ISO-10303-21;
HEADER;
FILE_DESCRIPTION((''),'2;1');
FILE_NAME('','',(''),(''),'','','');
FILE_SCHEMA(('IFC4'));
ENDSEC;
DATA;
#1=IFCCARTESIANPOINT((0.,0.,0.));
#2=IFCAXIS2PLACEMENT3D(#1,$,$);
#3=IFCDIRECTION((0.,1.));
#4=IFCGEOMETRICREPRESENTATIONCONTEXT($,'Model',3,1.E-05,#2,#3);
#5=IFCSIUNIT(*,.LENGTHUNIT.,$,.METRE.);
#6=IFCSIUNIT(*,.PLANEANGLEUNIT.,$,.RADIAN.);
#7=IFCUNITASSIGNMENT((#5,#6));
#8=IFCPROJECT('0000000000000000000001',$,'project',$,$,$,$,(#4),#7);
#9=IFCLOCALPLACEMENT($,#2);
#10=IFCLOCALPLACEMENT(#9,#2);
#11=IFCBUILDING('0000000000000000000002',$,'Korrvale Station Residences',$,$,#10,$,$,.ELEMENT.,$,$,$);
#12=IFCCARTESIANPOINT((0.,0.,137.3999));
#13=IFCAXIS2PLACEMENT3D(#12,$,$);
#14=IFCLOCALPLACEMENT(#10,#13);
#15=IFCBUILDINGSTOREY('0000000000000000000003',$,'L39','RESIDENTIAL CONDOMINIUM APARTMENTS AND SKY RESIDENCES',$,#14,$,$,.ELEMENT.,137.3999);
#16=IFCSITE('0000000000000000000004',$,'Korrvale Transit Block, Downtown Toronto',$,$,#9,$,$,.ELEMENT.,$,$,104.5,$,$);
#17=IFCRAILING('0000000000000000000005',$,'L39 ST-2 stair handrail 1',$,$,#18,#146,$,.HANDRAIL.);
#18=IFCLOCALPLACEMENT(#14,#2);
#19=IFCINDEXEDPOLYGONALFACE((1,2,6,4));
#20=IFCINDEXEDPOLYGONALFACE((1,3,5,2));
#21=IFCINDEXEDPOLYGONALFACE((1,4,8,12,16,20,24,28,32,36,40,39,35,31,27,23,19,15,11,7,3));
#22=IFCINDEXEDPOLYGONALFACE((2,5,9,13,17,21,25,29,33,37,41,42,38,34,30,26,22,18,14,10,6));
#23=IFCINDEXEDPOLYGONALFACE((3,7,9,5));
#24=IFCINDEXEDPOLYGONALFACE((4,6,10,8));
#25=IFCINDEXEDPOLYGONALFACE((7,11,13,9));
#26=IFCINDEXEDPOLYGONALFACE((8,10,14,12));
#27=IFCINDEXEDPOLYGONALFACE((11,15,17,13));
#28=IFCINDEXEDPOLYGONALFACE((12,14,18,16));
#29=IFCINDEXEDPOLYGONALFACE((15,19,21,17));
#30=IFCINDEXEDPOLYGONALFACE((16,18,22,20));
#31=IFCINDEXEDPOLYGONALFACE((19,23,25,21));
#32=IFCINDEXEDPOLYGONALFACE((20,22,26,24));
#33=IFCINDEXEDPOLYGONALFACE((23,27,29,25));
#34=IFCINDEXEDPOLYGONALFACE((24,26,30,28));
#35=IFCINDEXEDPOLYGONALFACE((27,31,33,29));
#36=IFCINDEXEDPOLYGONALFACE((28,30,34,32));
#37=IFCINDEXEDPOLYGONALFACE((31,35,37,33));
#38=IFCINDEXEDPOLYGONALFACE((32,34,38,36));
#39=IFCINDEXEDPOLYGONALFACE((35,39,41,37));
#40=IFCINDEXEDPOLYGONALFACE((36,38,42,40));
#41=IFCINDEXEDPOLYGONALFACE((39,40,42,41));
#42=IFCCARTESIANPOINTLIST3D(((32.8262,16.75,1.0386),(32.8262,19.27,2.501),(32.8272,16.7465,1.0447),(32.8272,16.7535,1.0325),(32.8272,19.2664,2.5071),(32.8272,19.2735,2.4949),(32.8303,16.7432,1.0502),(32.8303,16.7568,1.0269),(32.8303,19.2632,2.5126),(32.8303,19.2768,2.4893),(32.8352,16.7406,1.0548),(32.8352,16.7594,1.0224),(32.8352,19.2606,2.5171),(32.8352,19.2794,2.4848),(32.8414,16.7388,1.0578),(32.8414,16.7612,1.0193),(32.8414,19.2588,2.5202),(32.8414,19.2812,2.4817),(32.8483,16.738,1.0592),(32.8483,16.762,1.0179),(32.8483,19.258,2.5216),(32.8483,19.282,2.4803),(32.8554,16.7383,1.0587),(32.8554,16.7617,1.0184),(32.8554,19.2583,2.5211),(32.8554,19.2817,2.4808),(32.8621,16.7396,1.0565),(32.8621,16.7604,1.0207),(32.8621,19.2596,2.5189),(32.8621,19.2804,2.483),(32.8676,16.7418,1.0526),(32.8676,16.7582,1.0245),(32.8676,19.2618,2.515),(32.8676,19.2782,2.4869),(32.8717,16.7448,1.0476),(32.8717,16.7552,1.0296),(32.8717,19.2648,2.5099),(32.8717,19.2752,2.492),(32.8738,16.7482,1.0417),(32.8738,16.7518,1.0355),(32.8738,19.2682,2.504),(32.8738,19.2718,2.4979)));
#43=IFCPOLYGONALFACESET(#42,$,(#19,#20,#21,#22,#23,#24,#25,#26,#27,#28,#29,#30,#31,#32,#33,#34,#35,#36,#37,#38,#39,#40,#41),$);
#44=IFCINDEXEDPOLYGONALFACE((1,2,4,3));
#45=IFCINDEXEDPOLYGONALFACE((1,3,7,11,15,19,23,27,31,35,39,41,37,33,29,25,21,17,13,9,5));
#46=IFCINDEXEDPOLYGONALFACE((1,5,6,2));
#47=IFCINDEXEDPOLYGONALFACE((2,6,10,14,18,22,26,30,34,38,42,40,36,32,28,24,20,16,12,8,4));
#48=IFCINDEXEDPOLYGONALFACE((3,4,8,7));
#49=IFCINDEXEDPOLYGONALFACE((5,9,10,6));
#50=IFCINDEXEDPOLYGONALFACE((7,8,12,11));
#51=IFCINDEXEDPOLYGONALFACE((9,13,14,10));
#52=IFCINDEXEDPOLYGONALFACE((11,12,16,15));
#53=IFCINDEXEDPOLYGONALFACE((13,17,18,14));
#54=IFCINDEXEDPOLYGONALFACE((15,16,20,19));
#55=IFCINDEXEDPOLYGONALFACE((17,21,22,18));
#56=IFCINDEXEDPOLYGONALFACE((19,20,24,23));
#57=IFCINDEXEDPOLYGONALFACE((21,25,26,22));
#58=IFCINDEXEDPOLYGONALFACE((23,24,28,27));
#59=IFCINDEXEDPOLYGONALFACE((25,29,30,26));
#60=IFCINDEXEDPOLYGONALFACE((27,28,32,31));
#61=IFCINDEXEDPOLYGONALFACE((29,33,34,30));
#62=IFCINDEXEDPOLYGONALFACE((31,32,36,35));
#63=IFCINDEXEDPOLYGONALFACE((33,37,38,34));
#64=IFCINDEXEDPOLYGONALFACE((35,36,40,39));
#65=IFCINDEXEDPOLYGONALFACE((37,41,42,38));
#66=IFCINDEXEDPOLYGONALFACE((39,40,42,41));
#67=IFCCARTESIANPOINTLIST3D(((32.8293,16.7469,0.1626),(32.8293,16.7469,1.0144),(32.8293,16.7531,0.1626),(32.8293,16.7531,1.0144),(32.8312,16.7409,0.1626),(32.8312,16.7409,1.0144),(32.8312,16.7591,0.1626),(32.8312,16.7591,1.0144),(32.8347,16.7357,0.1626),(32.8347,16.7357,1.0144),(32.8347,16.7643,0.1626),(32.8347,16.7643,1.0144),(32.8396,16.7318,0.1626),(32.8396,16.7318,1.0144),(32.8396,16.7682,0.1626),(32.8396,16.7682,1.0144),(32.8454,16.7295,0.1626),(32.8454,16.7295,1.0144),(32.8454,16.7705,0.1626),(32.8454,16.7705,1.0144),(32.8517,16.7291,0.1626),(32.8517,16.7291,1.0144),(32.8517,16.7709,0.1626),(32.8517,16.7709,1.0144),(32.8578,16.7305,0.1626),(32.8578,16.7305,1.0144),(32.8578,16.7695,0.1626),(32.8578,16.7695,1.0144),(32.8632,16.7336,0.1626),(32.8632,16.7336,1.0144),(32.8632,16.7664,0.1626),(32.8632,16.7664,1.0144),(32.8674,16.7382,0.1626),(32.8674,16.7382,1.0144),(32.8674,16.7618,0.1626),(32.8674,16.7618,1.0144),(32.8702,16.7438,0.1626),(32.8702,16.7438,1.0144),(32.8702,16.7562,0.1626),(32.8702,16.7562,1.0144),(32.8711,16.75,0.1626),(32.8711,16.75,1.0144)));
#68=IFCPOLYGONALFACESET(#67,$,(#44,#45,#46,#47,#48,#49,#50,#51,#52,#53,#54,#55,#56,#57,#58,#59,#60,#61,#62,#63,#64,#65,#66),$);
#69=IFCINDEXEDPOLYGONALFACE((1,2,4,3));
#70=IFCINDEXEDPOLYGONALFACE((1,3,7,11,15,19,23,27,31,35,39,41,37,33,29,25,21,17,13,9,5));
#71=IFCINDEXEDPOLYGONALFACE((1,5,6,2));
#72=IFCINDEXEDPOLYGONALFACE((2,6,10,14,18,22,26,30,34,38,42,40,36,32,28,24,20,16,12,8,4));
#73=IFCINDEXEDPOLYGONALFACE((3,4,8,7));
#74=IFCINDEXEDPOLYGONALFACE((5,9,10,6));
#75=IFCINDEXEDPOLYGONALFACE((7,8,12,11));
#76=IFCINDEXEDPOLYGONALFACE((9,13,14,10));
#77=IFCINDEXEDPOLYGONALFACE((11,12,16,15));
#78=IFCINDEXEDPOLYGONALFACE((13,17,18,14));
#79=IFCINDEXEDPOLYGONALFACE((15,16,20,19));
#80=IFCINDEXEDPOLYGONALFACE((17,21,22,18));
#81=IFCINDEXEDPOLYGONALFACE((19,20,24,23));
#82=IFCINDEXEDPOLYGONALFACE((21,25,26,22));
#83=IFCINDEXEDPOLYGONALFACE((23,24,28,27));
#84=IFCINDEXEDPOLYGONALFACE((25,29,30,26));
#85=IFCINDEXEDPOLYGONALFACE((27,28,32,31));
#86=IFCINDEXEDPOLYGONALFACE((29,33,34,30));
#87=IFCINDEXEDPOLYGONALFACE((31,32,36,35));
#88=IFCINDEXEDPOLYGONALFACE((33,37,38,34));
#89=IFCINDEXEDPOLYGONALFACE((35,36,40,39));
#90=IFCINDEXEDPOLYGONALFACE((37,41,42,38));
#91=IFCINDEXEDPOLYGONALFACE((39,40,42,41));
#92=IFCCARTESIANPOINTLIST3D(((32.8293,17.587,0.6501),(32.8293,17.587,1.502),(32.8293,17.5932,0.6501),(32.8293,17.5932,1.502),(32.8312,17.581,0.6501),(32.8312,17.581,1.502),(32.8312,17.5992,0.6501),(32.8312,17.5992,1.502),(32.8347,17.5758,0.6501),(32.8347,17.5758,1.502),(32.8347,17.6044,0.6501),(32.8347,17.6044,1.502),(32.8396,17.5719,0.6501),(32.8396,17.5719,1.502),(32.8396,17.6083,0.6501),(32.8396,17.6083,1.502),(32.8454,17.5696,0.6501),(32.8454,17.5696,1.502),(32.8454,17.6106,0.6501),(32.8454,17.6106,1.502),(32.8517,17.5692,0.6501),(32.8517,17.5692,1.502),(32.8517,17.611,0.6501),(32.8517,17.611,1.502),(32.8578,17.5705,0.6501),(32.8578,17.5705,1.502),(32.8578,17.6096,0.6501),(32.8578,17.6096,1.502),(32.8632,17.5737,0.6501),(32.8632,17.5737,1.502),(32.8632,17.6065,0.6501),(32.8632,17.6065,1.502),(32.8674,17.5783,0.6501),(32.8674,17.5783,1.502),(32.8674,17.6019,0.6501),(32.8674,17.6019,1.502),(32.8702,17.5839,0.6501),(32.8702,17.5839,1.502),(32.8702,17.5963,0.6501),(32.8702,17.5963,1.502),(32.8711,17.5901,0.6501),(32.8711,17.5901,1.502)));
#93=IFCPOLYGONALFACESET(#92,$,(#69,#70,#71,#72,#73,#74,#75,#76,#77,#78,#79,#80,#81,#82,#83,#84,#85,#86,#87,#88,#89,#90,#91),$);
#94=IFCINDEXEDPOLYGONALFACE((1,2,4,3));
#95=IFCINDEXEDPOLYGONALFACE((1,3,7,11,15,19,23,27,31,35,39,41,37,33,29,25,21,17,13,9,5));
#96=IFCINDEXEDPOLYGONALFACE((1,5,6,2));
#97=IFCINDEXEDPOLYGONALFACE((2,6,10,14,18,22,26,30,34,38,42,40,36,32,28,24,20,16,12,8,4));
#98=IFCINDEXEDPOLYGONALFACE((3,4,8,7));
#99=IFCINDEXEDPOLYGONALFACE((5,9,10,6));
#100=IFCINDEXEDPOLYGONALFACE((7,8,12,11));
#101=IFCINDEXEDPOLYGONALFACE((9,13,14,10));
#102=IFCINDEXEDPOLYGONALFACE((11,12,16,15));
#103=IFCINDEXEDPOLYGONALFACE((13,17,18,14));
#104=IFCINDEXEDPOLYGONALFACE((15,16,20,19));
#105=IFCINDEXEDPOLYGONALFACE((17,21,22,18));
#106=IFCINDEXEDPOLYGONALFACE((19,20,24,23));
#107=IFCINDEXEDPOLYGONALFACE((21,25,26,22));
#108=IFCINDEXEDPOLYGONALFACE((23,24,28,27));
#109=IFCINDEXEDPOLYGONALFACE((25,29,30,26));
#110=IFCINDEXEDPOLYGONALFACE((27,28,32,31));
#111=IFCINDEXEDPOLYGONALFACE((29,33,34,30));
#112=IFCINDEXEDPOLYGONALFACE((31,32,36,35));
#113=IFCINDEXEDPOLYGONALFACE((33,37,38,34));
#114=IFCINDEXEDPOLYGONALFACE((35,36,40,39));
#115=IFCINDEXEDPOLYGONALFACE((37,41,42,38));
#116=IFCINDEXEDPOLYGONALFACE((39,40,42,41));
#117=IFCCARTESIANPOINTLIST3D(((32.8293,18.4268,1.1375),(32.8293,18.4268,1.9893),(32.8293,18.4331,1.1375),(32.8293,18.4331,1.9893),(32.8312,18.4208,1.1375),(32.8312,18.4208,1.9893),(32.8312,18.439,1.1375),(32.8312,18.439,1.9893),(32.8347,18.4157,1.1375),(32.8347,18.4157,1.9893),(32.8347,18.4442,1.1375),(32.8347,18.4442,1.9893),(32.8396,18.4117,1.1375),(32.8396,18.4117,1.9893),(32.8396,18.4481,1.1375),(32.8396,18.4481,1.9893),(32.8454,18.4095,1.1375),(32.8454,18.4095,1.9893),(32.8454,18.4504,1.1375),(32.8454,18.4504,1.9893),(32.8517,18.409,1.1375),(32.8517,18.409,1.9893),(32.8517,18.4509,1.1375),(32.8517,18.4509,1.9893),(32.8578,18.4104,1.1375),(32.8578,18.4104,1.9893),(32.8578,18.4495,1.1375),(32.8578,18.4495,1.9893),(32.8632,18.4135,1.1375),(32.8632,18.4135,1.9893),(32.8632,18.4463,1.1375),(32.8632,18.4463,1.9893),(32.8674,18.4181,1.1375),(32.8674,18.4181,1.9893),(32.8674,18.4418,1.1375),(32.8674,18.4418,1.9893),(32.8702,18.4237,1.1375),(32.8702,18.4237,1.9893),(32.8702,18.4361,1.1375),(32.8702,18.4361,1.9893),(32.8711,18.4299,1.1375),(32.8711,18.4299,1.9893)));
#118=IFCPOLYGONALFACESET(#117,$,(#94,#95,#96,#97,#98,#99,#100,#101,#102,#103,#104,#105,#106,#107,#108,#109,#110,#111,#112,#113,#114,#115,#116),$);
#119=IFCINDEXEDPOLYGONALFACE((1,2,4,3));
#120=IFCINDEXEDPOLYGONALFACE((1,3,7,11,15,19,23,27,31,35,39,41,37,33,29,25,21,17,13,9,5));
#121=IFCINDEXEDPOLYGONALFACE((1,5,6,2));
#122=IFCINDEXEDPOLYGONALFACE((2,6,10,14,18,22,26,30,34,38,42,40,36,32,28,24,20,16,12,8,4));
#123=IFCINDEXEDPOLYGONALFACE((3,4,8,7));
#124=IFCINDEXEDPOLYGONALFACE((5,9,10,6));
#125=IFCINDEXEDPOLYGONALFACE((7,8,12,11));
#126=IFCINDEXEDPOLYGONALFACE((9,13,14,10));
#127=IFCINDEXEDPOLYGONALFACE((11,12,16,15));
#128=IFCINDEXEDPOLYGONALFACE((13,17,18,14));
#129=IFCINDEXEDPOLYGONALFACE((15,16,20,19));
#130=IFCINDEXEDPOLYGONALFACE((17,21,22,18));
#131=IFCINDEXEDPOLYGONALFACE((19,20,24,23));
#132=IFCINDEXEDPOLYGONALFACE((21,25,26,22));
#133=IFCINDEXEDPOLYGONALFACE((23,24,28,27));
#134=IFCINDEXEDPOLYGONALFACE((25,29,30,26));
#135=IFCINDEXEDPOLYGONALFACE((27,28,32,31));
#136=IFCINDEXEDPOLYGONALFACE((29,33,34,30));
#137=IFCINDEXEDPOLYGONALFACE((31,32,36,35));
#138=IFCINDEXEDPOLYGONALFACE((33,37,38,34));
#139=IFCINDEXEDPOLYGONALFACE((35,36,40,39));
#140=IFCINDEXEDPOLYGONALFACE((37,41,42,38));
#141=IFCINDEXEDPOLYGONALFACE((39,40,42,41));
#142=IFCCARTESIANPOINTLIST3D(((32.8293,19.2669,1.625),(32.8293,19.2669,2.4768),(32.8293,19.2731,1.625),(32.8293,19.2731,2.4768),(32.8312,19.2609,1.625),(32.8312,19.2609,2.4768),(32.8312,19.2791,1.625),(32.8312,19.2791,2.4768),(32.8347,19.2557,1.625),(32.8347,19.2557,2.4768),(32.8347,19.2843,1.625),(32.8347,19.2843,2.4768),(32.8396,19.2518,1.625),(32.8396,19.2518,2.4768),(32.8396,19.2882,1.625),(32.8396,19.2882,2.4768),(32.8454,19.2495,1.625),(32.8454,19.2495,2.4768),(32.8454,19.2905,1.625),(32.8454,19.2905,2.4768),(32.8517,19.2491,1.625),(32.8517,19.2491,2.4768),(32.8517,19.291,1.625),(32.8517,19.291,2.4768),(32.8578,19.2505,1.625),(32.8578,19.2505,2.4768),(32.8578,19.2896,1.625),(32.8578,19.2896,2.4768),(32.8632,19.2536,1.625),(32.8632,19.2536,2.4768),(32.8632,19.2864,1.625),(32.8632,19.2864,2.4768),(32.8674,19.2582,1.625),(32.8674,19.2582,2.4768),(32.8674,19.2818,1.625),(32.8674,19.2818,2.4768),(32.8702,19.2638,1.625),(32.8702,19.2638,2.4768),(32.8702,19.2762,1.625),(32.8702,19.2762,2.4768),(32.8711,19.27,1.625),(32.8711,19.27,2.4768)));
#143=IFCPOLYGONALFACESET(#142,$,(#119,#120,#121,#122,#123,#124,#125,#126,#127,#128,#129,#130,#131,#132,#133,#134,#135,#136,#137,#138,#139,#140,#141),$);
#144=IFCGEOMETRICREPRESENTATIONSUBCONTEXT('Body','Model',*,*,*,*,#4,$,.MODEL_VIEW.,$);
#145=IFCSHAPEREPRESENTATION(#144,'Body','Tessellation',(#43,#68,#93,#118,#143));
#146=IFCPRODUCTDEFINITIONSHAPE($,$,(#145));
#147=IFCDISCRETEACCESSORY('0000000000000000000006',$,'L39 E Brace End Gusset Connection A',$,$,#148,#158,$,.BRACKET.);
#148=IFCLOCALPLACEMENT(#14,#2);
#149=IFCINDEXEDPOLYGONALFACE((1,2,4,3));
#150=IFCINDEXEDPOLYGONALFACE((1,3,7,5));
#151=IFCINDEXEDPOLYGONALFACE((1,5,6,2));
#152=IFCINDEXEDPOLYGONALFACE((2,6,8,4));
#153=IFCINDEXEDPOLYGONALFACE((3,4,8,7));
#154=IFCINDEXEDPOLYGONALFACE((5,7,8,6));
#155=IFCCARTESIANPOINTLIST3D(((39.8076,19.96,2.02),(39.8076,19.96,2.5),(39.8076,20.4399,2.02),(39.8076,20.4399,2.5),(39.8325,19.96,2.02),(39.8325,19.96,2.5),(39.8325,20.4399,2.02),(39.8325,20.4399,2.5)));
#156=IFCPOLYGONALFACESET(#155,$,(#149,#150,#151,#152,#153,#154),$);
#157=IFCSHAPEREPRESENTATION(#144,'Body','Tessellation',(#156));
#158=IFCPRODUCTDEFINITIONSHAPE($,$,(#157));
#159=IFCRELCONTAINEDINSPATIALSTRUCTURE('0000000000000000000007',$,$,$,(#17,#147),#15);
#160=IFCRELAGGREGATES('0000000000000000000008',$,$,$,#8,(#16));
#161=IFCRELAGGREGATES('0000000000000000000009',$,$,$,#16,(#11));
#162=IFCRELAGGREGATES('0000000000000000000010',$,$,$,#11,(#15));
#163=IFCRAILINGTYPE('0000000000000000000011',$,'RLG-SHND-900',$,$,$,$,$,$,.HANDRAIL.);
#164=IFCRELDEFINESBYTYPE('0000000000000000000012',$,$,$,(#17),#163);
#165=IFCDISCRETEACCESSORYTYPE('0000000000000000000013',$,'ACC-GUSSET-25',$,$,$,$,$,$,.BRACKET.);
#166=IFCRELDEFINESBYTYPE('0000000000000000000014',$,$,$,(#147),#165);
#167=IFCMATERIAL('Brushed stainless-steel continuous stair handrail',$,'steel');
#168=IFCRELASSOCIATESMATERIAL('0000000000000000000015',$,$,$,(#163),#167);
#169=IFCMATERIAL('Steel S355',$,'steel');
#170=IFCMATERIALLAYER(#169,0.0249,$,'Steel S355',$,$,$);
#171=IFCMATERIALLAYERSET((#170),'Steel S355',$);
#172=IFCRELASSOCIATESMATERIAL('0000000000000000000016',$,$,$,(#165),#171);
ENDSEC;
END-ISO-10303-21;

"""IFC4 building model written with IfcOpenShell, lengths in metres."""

from ifc_helpers import new_model, si_unit, direction, frame, origin, origin_2d, place, context, subcontext, project, spatial, rectangle, circle, extrude, material, layer, layer_set, type_object, element, save


model = new_model("IFC4")

# Units and contexts
model_context = context("Model", 3, precision=1e-05, world=origin(), true_north=direction((0.0, 1.0)))
body_context = subcontext(model_context, "Body", "Model", "MODEL_VIEW")
ifc_project = project(units=[si_unit("LENGTHUNIT", "METRE"), si_unit("PLANEANGLEUNIT", "RADIAN")], contexts=[model_context])

# Site, building, storey
site_placement = place(None, origin())
site = spatial("IfcSite", under=ifc_project, at=site_placement, Name="Korrvale Transit Block, Downtown Toronto", CompositionType="ELEMENT", RefElevation=104.5)
building_placement = place(site_placement, origin())
building = spatial("IfcBuilding", under=site, at=building_placement, Name="Korrvale Station Residences", CompositionType="ELEMENT")
storey_placement = place(building_placement, frame((0.0, 0.0, 137.3999)))
storey = spatial("IfcBuildingStorey", under=building, at=storey_placement, Name="L39", Description="RESIDENTIAL CONDOMINIUM APARTMENTS AND SKY RESIDENCES", CompositionType="ELEMENT", Elevation=137.3999)

# Shared definitions
ifc_material_1 = material(Name="Steel S355", Category="steel")

# Railing
ifc_material_2 = material(Name="Brushed stainless-steel continuous stair handrail", Category="steel")
railing_type = type_object("IfcRailingType", Name="RLG-SHND-900", PredefinedType="HANDRAIL", material=ifc_material_2)
railing_placement = place(storey_placement, frame((32.8501, 16.75, 0.1626)))
element("IfcRailing", 1, at=railing_placement, inside=storey, type_object=railing_type, Name="L39 ST-2 stair handrail 1", PredefinedType="HANDRAIL", context=body_context, shape_type="SweptSolid", body=[
    extrude(circle(Radius=0.0239, at=origin_2d()), frame((0.0, 0.0, 0.876), z_axis=(0.0, 0.864913, 0.501921), x_axis=(-1.0, 0.0, 0.0)), (0.0, 0.0, 1.0), 2.9136),
    extrude(circle(Radius=0.021, at=origin_2d()), origin(), (0.0, 0.0, 1.0), 0.8518),
    extrude(circle(Radius=0.021, at=origin_2d()), frame((0.0, 0.8401, 0.4875)), (0.0, 0.0, 1.0), 0.8518),
    extrude(circle(Radius=0.021, at=origin_2d()), frame((0.0, 1.6799, 0.9749)), (0.0, 0.0, 1.0), 0.8518),
    extrude(circle(Radius=0.021, at=origin_2d()), frame((0.0, 2.52, 1.4624)), (0.0, 0.0, 1.0), 0.8518),
])

# Discrete accessory
ifc_layer_1 = layer(ifc_material_1, 0.0249, Name="Steel S355")
ifc_layer_set_1 = layer_set([ifc_layer_1], Name="Steel S355")
discrete_accessory_type = type_object("IfcDiscreteAccessoryType", Name="ACC-GUSSET-25", PredefinedType="BRACKET", material=ifc_layer_set_1)
discrete_accessory_placement = place(storey_placement, frame((39.8201, 20.2, 2.02), z_axis=(0.0, 0.0, 1.0), x_axis=(0.0, 1.0, 0.0)))
element("IfcDiscreteAccessory", 2, at=discrete_accessory_placement, inside=storey, type_object=discrete_accessory_type, Name="L39 E Brace End Gusset Connection A", PredefinedType="BRACKET", context=body_context, shape_type="SweptSolid", body=[
    extrude(rectangle(XDim=0.48, YDim=0.0249, at=origin_2d()), origin(), (0.0, 0.0, 1.0), 0.48),
])

save(model, "model.ifc")
